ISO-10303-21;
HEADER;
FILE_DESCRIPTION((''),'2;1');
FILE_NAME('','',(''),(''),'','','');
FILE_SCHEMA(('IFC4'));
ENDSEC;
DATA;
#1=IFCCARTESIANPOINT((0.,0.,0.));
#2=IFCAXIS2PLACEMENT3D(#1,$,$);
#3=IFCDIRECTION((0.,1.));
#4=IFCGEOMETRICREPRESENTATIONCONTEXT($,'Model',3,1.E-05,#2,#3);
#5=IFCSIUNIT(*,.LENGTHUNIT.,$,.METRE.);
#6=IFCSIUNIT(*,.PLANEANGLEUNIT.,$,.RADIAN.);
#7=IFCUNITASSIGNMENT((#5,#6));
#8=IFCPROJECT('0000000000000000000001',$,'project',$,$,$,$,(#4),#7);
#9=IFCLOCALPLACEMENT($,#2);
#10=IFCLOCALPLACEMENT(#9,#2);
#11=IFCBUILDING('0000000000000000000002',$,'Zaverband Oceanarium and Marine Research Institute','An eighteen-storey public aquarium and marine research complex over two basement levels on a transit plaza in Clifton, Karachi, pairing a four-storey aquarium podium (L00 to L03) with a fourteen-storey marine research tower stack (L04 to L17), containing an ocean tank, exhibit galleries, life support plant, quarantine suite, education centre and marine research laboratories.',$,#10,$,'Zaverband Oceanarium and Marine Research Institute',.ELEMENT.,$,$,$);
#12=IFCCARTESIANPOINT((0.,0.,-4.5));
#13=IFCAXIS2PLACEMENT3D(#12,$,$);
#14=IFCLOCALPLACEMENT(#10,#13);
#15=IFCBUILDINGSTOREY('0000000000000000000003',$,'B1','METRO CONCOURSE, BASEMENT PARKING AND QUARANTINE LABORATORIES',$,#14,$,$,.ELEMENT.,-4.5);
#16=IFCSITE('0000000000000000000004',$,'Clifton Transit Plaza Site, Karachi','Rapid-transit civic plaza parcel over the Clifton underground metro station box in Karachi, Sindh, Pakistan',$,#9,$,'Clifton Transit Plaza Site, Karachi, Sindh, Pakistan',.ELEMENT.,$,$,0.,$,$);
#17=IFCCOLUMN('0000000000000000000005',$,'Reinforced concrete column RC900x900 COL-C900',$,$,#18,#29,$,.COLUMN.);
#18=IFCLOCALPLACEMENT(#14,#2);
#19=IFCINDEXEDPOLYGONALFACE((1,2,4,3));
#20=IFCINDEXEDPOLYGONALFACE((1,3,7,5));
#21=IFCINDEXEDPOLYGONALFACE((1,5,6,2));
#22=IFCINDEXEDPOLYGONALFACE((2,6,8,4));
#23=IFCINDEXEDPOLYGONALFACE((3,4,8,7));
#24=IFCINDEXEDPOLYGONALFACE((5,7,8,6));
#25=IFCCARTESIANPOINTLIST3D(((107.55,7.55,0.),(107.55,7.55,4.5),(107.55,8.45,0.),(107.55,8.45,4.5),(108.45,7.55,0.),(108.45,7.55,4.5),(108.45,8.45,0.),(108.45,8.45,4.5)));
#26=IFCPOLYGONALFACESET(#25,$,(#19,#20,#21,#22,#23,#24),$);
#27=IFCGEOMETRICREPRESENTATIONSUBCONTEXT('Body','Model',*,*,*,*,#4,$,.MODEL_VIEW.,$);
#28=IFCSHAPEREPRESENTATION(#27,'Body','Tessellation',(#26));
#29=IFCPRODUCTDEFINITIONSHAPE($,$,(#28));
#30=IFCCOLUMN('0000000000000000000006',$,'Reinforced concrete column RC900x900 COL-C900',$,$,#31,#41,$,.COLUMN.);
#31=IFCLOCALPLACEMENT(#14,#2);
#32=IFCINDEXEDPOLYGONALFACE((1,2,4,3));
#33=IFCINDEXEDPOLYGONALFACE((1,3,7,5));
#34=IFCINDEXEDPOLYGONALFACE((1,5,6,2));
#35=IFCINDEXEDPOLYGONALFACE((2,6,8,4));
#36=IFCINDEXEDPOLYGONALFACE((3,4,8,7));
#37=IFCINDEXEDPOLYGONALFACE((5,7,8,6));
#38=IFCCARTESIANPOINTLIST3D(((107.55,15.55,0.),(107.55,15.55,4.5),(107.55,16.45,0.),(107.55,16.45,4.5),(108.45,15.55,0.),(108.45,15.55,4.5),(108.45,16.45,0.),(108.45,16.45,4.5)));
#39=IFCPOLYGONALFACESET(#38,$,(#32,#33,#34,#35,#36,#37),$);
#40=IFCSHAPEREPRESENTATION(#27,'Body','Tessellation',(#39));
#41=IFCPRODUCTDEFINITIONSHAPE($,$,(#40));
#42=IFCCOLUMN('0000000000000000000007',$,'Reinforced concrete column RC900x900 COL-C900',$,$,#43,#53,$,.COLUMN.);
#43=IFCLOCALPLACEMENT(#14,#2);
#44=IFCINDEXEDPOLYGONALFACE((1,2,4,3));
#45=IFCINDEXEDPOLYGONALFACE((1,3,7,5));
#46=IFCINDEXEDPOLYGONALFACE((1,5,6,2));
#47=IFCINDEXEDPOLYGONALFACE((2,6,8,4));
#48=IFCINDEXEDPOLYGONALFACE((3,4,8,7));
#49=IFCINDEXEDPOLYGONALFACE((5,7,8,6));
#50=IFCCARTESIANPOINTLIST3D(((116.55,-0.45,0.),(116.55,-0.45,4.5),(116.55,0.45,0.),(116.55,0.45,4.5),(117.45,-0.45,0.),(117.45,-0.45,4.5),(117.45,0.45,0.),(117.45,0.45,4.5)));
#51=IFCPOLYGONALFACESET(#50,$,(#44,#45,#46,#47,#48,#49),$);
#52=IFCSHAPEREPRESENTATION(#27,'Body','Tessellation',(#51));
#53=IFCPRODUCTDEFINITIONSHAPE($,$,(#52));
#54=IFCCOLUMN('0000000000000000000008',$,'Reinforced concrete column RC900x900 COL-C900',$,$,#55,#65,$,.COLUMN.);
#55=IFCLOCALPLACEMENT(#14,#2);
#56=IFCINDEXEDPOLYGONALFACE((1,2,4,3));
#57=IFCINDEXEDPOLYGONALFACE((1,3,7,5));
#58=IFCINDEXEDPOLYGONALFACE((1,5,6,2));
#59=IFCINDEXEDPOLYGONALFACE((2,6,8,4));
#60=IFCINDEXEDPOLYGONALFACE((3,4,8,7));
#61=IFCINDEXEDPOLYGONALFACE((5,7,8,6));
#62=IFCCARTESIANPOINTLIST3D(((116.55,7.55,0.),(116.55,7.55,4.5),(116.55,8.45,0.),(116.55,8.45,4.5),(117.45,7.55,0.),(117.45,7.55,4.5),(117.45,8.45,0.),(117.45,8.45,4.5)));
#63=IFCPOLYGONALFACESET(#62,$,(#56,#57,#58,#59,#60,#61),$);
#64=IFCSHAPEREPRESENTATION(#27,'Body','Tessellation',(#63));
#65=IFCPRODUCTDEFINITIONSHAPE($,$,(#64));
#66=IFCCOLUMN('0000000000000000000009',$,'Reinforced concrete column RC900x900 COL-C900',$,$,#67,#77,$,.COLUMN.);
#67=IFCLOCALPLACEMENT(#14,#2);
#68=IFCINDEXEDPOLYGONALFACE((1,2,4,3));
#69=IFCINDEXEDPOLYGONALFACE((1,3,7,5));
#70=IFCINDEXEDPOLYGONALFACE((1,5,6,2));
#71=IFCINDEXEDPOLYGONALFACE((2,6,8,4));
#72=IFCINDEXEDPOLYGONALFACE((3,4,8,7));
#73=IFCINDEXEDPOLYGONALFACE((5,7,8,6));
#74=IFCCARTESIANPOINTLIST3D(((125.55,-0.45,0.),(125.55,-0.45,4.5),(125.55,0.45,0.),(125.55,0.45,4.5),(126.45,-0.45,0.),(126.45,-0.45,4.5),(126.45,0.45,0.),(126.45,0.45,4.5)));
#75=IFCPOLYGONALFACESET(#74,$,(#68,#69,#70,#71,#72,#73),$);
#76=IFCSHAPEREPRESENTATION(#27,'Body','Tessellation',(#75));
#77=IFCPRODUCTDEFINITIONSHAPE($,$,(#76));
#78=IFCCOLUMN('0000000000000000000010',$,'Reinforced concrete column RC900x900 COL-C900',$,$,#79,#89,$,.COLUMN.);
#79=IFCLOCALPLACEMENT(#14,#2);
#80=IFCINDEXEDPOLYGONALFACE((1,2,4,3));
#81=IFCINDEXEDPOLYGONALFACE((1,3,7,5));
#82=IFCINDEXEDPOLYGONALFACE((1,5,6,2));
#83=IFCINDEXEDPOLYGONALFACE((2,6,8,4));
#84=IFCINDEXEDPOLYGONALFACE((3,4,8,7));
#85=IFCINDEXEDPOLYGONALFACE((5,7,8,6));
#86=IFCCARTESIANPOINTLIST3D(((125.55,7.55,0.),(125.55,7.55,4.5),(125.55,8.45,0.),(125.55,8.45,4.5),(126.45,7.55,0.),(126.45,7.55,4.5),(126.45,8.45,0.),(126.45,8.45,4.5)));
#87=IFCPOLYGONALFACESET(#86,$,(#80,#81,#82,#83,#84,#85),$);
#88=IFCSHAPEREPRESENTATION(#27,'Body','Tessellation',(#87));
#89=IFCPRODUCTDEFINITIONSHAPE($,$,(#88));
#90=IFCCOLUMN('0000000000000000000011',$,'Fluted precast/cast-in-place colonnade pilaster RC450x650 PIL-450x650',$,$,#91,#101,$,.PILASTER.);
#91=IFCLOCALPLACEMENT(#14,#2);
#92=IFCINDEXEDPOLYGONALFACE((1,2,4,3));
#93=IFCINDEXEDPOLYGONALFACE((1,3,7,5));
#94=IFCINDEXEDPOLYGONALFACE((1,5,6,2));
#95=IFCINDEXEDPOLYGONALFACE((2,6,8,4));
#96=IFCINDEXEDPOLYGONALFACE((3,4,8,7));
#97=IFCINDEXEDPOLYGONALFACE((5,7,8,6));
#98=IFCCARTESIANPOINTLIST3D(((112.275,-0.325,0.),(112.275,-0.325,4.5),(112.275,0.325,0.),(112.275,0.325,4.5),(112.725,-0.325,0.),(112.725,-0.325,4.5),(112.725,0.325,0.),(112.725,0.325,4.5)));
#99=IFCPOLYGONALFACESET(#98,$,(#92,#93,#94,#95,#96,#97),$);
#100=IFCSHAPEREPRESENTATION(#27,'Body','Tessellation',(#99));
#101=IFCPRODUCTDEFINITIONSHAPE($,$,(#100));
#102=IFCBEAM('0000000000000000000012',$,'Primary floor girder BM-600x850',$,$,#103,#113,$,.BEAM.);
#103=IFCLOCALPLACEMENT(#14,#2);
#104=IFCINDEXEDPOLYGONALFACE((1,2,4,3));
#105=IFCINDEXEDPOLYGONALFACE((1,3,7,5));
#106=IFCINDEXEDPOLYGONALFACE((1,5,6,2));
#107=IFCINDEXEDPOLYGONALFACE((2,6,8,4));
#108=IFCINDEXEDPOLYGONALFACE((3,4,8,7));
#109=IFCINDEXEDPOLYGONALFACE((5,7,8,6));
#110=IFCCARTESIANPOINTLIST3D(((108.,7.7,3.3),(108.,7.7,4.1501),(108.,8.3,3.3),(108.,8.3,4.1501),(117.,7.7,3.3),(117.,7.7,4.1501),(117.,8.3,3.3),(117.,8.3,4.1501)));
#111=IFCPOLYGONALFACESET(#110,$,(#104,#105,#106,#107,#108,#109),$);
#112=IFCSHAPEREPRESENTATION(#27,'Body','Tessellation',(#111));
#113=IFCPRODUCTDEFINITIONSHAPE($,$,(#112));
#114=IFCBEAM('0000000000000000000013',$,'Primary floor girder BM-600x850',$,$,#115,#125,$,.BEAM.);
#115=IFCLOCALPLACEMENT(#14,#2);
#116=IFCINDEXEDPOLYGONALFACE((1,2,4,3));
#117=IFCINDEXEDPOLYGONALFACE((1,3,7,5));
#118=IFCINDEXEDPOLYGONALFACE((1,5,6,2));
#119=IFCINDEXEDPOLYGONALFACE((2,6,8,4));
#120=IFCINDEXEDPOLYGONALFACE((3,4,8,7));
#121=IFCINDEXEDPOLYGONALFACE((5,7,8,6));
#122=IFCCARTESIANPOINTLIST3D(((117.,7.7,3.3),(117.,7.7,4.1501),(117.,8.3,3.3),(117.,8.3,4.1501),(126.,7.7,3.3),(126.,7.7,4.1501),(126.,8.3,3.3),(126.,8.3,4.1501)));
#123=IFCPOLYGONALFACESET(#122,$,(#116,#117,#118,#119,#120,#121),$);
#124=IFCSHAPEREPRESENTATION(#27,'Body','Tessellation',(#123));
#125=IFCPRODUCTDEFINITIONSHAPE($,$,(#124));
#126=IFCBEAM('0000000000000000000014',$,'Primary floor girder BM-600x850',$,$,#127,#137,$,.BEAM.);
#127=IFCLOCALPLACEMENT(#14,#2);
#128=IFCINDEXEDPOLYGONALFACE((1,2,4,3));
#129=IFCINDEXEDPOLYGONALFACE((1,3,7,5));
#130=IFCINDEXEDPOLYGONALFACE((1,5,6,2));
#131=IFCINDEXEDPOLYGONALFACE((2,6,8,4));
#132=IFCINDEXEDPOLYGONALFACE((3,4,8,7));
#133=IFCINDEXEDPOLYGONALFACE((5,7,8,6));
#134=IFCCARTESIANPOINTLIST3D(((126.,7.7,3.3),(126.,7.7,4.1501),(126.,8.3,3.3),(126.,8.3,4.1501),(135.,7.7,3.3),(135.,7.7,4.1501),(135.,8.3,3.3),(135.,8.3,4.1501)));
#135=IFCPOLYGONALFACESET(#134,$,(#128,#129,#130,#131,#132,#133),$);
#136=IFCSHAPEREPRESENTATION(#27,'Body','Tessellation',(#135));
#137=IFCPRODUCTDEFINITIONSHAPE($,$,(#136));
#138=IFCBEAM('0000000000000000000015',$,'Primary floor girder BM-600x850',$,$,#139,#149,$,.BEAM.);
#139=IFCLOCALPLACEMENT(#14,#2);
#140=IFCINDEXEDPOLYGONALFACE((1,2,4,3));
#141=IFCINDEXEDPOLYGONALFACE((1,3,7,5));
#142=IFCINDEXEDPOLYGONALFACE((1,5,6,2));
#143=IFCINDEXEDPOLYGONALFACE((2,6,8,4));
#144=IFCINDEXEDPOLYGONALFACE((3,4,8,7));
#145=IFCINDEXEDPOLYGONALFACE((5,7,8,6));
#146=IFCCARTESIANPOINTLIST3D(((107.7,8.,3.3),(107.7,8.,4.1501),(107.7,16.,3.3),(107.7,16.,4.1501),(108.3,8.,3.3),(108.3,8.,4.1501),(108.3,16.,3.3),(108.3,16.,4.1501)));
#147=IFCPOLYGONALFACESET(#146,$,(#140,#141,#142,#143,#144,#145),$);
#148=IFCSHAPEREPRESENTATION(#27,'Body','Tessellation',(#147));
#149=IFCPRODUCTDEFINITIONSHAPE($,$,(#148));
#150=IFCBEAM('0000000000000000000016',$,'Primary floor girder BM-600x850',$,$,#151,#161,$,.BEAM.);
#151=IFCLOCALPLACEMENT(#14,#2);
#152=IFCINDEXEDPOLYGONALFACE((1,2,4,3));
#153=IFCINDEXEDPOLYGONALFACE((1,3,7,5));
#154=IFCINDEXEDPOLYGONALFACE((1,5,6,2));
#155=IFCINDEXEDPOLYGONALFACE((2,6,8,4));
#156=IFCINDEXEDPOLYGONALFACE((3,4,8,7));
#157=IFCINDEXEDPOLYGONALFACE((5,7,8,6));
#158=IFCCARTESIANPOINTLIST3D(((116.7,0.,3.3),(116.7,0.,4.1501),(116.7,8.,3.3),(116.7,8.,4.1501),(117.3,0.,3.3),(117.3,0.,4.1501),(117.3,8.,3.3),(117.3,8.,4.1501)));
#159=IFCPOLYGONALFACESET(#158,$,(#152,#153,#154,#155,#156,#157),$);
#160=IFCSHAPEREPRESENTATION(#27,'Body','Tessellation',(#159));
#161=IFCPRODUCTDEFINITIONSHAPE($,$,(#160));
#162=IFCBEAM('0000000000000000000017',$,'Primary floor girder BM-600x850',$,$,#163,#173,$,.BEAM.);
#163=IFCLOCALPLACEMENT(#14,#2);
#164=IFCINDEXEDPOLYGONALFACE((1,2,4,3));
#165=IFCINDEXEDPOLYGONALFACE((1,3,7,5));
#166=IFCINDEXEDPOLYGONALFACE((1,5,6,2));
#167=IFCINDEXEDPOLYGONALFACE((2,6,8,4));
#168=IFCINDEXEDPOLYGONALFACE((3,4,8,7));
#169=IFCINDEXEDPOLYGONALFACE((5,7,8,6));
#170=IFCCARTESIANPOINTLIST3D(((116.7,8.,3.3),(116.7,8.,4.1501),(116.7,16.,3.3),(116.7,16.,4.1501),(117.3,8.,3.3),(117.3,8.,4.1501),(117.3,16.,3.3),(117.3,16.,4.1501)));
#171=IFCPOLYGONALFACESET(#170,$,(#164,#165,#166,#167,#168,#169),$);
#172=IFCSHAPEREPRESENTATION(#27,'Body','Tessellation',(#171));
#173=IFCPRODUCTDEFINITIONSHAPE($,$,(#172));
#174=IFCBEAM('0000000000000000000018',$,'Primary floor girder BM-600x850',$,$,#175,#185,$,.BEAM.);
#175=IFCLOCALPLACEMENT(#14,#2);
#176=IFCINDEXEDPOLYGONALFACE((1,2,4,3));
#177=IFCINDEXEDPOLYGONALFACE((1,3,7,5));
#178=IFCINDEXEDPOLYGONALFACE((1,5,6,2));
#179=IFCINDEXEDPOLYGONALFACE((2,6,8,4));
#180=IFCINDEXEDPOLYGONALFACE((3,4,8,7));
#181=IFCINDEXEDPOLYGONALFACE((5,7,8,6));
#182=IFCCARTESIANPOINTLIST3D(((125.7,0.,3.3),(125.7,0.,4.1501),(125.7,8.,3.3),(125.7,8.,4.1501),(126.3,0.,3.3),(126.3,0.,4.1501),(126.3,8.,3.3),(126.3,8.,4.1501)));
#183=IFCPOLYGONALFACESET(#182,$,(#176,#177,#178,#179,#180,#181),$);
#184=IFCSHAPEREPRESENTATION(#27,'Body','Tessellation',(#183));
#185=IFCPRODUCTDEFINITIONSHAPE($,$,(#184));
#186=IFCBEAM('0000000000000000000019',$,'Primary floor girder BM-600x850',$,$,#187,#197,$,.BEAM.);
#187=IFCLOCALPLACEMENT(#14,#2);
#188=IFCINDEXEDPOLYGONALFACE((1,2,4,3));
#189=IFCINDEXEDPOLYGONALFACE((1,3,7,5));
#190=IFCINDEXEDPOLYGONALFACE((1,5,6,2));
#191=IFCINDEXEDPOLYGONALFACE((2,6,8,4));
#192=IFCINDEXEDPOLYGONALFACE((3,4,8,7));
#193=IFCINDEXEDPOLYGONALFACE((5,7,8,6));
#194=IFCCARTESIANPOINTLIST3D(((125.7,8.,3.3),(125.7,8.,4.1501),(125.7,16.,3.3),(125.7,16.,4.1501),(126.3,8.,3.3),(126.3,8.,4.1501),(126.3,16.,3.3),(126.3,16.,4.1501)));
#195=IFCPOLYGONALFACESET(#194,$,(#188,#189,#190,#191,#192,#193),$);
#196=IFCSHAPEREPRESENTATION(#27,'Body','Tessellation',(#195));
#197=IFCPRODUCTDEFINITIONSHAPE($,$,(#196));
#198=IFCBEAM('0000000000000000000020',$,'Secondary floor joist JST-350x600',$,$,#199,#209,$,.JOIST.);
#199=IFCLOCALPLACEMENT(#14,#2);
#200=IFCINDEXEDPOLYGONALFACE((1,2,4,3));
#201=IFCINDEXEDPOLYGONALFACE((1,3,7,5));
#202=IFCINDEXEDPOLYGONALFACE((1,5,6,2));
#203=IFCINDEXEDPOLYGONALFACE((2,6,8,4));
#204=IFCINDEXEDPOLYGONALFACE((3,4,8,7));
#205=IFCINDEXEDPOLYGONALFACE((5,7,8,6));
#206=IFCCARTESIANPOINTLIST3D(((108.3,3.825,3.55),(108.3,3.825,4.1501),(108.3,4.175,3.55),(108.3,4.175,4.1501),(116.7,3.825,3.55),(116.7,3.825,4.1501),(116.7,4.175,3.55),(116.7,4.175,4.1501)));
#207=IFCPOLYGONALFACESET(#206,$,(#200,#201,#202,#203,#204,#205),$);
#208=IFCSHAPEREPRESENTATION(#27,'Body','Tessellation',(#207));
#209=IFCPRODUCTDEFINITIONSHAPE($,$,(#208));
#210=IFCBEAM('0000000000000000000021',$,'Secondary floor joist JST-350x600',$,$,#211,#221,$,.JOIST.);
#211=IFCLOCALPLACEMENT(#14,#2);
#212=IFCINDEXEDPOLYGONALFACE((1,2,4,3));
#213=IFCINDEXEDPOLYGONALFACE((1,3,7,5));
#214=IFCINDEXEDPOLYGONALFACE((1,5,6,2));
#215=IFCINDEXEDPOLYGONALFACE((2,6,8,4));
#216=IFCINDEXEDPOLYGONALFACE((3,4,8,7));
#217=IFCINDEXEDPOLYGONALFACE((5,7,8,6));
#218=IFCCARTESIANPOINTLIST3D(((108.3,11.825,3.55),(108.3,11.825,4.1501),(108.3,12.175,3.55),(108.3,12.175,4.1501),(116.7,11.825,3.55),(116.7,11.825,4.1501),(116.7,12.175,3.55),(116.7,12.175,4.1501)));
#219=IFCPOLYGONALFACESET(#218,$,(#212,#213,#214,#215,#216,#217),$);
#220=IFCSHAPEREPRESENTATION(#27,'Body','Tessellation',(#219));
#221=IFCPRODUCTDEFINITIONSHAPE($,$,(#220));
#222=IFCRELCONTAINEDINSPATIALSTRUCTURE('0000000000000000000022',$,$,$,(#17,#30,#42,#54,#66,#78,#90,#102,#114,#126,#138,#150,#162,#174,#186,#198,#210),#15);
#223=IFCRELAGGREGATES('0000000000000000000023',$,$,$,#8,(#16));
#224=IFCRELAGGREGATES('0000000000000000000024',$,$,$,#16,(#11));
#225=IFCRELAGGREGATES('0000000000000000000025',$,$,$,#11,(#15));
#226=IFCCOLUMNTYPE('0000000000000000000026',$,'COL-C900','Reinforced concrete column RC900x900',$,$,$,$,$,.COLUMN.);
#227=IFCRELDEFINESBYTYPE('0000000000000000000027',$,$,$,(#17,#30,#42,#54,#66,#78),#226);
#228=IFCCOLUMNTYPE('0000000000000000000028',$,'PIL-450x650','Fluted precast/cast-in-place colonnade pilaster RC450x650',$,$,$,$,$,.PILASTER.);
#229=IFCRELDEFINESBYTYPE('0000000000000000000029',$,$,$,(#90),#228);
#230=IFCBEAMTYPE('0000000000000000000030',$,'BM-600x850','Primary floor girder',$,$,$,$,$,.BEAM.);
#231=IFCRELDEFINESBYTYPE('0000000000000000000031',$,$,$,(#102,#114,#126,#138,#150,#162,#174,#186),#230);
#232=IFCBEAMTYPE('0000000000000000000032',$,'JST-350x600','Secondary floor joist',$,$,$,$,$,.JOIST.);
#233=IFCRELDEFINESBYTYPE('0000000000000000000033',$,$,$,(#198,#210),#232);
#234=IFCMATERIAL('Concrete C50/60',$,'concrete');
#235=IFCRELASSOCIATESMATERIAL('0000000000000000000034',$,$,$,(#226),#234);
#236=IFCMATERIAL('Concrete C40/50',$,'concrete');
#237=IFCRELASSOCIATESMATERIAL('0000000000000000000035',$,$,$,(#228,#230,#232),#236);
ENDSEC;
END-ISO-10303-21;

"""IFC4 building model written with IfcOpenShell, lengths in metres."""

from ifc_helpers import new_model, si_unit, direction, frame, origin, origin_2d, place, context, subcontext, project, spatial, rectangle, extrude, material, material_profile, profile_set, type_object, element, save


model = new_model("IFC4")

# Units and contexts
model_context = context("Model", 3, precision=1e-05, world=origin(), true_north=direction((0.0, 1.0)))
body_context = subcontext(model_context, "Body", "Model", "MODEL_VIEW")
ifc_project = project(units=[si_unit("LENGTHUNIT", "METRE"), si_unit("PLANEANGLEUNIT", "RADIAN")], contexts=[model_context])

# Site, building, storey
site_placement = place(None, origin())
site = spatial("IfcSite", under=ifc_project, at=site_placement, Name="Clifton Transit Plaza Site, Karachi", Description="Rapid-transit civic plaza parcel over the Clifton underground metro station box in Karachi, Sindh, Pakistan", LongName="Clifton Transit Plaza Site, Karachi, Sindh, Pakistan", CompositionType="ELEMENT", RefElevation=0.0)
building_placement = place(site_placement, origin())
building = spatial("IfcBuilding", under=site, at=building_placement, Name="Zaverband Oceanarium and Marine Research Institute", Description="An eighteen-storey public aquarium and marine research complex over two basement levels on a transit plaza in Clifton, Karachi, pairing a four-storey aquarium podium (L00 to L03) with a fourteen-storey marine research tower stack (L04 to L17), containing an ocean tank, exhibit galleries, life support plant, quarantine suite, education centre and marine research laboratories.", LongName="Zaverband Oceanarium and Marine Research Institute", CompositionType="ELEMENT")
storey_placement = place(building_placement, frame((0.0, 0.0, -4.5)))
storey = spatial("IfcBuildingStorey", under=building, at=storey_placement, Name="B1", Description="METRO CONCOURSE, BASEMENT PARKING AND QUARANTINE LABORATORIES", CompositionType="ELEMENT", Elevation=-4.5)

# Columns
ifc_material_1 = material(Name="Concrete C50/60", Category="concrete")
ifc_material_profile_1 = material_profile(ifc_material_1, rectangle(XDim=0.8999, YDim=0.8999, at=origin_2d()), Name="RC900x900")
ifc_profile_set_1 = profile_set([ifc_material_profile_1], Name="Concrete C50/60")
column_type_1 = type_object("IfcColumnType", Name="COL-C900", Description="Reinforced concrete column RC900x900", PredefinedType="COLUMN", material=ifc_profile_set_1)
for number, where, z_axis, x_axis, name in (
    (1, (108.0, 8.0, 0.0), (0.0, 0.0, 1.0), (1.0, 0.0, 0.0), "Reinforced concrete column RC900x900 COL-C900"),
    (2, (108.0, 16.0, 0.0), (0.0, 0.0, 1.0), (1.0, 0.0, 0.0), "Reinforced concrete column RC900x900 COL-C900"),
    (3, (117.0, 0.0, 0.0), (0.0, 0.0, 1.0), (1.0, 0.0, 0.0), "Reinforced concrete column RC900x900 COL-C900"),
    (4, (117.0, 8.0, 0.0), (0.0, 0.0, 1.0), (1.0, 0.0, 0.0), "Reinforced concrete column RC900x900 COL-C900"),
    (5, (126.0, 0.0, 0.0), (0.0, 0.0, 1.0), (1.0, 0.0, 0.0), "Reinforced concrete column RC900x900 COL-C900"),
    (6, (126.0, 8.0, 0.0), (0.0, 0.0, 1.0), (1.0, 0.0, 0.0), "Reinforced concrete column RC900x900 COL-C900"),
):
    element("IfcColumn", number, at=place(storey_placement, frame(where, z_axis=z_axis, x_axis=x_axis)), inside=storey, type_object=column_type_1, Name=name, PredefinedType="COLUMN", context=body_context, shape_type="SweptSolid", body=[
        extrude(rectangle(XDim=0.8999, YDim=0.8999, at=origin_2d()), origin(), (0.0, 0.0, 1.0), 4.5),
    ])
ifc_material_2 = material(Name="Concrete C40/50", Category="concrete")
ifc_material_profile_2 = material_profile(ifc_material_2, rectangle(XDim=0.45, YDim=0.6499, at=origin_2d()), Name="RC450x650")
ifc_profile_set_2 = profile_set([ifc_material_profile_2], Name="Concrete C40/50")
column_type_2 = type_object("IfcColumnType", Name="PIL-450x650", Description="Fluted precast/cast-in-place colonnade pilaster RC450x650", PredefinedType="PILASTER", material=ifc_profile_set_2)
column_placement = place(storey_placement, frame((112.5, 0.0, 0.0), z_axis=(0.0, 0.0, 1.0), x_axis=(1.0, 0.0, 0.0)))
element("IfcColumn", 7, at=column_placement, inside=storey, type_object=column_type_2, Name="Fluted precast/cast-in-place colonnade pilaster RC450x650 PIL-450x650", PredefinedType="PILASTER", context=body_context, shape_type="SweptSolid", body=[
    extrude(rectangle(XDim=0.45, YDim=0.6499, at=origin_2d()), origin(), (0.0, 0.0, 1.0), 4.5),
])

# Beams
ifc_material_profile_3 = material_profile(ifc_material_2, rectangle(XDim=0.6001, YDim=0.8501, at=origin_2d()), Name="RC600x850")
ifc_profile_set_3 = profile_set([ifc_material_profile_3], Name="Concrete C40/50")
beam_type_1 = type_object("IfcBeamType", Name="BM-600x850", Description="Primary floor girder", PredefinedType="BEAM", material=ifc_profile_set_3)
for number, where, z_axis, x_axis, name in (
    (8, (108.0, 8.0, 3.7251), (1.0, 0.0, 0.0), (0.0, 1.0, 0.0), "Primary floor girder BM-600x850"),
    (9, (117.0, 8.0, 3.7251), (1.0, 0.0, 0.0), (0.0, 1.0, 0.0), "Primary floor girder BM-600x850"),
    (10, (126.0, 8.0, 3.7251), (1.0, 0.0, 0.0), (0.0, 1.0, 0.0), "Primary floor girder BM-600x850"),
):
    element("IfcBeam", number, at=place(storey_placement, frame(where, z_axis=z_axis, x_axis=x_axis)), inside=storey, type_object=beam_type_1, Name=name, PredefinedType="BEAM", context=body_context, shape_type="SweptSolid", body=[
        extrude(rectangle(XDim=0.6001, YDim=0.8501, at=origin_2d()), origin(), (0.0, 0.0, 1.0), 9.0),
    ])
for number, where, z_axis, x_axis, name in (
    (11, (108.0, 8.0, 3.7251), (0.0, 1.0, 0.0), (-1.0, 0.0, 0.0), "Primary floor girder BM-600x850"),
    (12, (117.0, 0.0, 3.7251), (0.0, 1.0, 0.0), (-1.0, 0.0, 0.0), "Primary floor girder BM-600x850"),
    (13, (117.0, 8.0, 3.7251), (0.0, 1.0, 0.0), (-1.0, 0.0, 0.0), "Primary floor girder BM-600x850"),
    (14, (126.0, 0.0, 3.7251), (0.0, 1.0, 0.0), (-1.0, 0.0, 0.0), "Primary floor girder BM-600x850"),
    (15, (126.0, 8.0, 3.7251), (0.0, 1.0, 0.0), (-1.0, 0.0, 0.0), "Primary floor girder BM-600x850"),
):
    element("IfcBeam", number, at=place(storey_placement, frame(where, z_axis=z_axis, x_axis=x_axis)), inside=storey, type_object=beam_type_1, Name=name, PredefinedType="BEAM", context=body_context, shape_type="SweptSolid", body=[
        extrude(rectangle(XDim=0.6001, YDim=0.8501, at=origin_2d()), origin(), (0.0, 0.0, 1.0), 8.0),
    ])
ifc_material_profile_4 = material_profile(ifc_material_2, rectangle(XDim=0.3501, YDim=0.6001, at=origin_2d()), Name="RC350x600")
ifc_profile_set_4 = profile_set([ifc_material_profile_4], Name="Concrete C40/50")
beam_type_2 = type_object("IfcBeamType", Name="JST-350x600", Description="Secondary floor joist", PredefinedType="JOIST", material=ifc_profile_set_4)
for number, where, z_axis, x_axis, name in (
    (16, (108.3, 4.0, 3.8501), (1.0, 0.0, 0.0), (0.0, 1.0, 0.0), "Secondary floor joist JST-350x600"),
    (17, (108.3, 12.0, 3.8501), (1.0, 0.0, 0.0), (0.0, 1.0, 0.0), "Secondary floor joist JST-350x600"),
):
    element("IfcBeam", number, at=place(storey_placement, frame(where, z_axis=z_axis, x_axis=x_axis)), inside=storey, type_object=beam_type_2, Name=name, PredefinedType="JOIST", context=body_context, shape_type="SweptSolid", body=[
        extrude(rectangle(XDim=0.3501, YDim=0.6001, at=origin_2d()), origin(), (0.0, 0.0, 1.0), 8.3999),
    ])

save(model, "model.ifc")
